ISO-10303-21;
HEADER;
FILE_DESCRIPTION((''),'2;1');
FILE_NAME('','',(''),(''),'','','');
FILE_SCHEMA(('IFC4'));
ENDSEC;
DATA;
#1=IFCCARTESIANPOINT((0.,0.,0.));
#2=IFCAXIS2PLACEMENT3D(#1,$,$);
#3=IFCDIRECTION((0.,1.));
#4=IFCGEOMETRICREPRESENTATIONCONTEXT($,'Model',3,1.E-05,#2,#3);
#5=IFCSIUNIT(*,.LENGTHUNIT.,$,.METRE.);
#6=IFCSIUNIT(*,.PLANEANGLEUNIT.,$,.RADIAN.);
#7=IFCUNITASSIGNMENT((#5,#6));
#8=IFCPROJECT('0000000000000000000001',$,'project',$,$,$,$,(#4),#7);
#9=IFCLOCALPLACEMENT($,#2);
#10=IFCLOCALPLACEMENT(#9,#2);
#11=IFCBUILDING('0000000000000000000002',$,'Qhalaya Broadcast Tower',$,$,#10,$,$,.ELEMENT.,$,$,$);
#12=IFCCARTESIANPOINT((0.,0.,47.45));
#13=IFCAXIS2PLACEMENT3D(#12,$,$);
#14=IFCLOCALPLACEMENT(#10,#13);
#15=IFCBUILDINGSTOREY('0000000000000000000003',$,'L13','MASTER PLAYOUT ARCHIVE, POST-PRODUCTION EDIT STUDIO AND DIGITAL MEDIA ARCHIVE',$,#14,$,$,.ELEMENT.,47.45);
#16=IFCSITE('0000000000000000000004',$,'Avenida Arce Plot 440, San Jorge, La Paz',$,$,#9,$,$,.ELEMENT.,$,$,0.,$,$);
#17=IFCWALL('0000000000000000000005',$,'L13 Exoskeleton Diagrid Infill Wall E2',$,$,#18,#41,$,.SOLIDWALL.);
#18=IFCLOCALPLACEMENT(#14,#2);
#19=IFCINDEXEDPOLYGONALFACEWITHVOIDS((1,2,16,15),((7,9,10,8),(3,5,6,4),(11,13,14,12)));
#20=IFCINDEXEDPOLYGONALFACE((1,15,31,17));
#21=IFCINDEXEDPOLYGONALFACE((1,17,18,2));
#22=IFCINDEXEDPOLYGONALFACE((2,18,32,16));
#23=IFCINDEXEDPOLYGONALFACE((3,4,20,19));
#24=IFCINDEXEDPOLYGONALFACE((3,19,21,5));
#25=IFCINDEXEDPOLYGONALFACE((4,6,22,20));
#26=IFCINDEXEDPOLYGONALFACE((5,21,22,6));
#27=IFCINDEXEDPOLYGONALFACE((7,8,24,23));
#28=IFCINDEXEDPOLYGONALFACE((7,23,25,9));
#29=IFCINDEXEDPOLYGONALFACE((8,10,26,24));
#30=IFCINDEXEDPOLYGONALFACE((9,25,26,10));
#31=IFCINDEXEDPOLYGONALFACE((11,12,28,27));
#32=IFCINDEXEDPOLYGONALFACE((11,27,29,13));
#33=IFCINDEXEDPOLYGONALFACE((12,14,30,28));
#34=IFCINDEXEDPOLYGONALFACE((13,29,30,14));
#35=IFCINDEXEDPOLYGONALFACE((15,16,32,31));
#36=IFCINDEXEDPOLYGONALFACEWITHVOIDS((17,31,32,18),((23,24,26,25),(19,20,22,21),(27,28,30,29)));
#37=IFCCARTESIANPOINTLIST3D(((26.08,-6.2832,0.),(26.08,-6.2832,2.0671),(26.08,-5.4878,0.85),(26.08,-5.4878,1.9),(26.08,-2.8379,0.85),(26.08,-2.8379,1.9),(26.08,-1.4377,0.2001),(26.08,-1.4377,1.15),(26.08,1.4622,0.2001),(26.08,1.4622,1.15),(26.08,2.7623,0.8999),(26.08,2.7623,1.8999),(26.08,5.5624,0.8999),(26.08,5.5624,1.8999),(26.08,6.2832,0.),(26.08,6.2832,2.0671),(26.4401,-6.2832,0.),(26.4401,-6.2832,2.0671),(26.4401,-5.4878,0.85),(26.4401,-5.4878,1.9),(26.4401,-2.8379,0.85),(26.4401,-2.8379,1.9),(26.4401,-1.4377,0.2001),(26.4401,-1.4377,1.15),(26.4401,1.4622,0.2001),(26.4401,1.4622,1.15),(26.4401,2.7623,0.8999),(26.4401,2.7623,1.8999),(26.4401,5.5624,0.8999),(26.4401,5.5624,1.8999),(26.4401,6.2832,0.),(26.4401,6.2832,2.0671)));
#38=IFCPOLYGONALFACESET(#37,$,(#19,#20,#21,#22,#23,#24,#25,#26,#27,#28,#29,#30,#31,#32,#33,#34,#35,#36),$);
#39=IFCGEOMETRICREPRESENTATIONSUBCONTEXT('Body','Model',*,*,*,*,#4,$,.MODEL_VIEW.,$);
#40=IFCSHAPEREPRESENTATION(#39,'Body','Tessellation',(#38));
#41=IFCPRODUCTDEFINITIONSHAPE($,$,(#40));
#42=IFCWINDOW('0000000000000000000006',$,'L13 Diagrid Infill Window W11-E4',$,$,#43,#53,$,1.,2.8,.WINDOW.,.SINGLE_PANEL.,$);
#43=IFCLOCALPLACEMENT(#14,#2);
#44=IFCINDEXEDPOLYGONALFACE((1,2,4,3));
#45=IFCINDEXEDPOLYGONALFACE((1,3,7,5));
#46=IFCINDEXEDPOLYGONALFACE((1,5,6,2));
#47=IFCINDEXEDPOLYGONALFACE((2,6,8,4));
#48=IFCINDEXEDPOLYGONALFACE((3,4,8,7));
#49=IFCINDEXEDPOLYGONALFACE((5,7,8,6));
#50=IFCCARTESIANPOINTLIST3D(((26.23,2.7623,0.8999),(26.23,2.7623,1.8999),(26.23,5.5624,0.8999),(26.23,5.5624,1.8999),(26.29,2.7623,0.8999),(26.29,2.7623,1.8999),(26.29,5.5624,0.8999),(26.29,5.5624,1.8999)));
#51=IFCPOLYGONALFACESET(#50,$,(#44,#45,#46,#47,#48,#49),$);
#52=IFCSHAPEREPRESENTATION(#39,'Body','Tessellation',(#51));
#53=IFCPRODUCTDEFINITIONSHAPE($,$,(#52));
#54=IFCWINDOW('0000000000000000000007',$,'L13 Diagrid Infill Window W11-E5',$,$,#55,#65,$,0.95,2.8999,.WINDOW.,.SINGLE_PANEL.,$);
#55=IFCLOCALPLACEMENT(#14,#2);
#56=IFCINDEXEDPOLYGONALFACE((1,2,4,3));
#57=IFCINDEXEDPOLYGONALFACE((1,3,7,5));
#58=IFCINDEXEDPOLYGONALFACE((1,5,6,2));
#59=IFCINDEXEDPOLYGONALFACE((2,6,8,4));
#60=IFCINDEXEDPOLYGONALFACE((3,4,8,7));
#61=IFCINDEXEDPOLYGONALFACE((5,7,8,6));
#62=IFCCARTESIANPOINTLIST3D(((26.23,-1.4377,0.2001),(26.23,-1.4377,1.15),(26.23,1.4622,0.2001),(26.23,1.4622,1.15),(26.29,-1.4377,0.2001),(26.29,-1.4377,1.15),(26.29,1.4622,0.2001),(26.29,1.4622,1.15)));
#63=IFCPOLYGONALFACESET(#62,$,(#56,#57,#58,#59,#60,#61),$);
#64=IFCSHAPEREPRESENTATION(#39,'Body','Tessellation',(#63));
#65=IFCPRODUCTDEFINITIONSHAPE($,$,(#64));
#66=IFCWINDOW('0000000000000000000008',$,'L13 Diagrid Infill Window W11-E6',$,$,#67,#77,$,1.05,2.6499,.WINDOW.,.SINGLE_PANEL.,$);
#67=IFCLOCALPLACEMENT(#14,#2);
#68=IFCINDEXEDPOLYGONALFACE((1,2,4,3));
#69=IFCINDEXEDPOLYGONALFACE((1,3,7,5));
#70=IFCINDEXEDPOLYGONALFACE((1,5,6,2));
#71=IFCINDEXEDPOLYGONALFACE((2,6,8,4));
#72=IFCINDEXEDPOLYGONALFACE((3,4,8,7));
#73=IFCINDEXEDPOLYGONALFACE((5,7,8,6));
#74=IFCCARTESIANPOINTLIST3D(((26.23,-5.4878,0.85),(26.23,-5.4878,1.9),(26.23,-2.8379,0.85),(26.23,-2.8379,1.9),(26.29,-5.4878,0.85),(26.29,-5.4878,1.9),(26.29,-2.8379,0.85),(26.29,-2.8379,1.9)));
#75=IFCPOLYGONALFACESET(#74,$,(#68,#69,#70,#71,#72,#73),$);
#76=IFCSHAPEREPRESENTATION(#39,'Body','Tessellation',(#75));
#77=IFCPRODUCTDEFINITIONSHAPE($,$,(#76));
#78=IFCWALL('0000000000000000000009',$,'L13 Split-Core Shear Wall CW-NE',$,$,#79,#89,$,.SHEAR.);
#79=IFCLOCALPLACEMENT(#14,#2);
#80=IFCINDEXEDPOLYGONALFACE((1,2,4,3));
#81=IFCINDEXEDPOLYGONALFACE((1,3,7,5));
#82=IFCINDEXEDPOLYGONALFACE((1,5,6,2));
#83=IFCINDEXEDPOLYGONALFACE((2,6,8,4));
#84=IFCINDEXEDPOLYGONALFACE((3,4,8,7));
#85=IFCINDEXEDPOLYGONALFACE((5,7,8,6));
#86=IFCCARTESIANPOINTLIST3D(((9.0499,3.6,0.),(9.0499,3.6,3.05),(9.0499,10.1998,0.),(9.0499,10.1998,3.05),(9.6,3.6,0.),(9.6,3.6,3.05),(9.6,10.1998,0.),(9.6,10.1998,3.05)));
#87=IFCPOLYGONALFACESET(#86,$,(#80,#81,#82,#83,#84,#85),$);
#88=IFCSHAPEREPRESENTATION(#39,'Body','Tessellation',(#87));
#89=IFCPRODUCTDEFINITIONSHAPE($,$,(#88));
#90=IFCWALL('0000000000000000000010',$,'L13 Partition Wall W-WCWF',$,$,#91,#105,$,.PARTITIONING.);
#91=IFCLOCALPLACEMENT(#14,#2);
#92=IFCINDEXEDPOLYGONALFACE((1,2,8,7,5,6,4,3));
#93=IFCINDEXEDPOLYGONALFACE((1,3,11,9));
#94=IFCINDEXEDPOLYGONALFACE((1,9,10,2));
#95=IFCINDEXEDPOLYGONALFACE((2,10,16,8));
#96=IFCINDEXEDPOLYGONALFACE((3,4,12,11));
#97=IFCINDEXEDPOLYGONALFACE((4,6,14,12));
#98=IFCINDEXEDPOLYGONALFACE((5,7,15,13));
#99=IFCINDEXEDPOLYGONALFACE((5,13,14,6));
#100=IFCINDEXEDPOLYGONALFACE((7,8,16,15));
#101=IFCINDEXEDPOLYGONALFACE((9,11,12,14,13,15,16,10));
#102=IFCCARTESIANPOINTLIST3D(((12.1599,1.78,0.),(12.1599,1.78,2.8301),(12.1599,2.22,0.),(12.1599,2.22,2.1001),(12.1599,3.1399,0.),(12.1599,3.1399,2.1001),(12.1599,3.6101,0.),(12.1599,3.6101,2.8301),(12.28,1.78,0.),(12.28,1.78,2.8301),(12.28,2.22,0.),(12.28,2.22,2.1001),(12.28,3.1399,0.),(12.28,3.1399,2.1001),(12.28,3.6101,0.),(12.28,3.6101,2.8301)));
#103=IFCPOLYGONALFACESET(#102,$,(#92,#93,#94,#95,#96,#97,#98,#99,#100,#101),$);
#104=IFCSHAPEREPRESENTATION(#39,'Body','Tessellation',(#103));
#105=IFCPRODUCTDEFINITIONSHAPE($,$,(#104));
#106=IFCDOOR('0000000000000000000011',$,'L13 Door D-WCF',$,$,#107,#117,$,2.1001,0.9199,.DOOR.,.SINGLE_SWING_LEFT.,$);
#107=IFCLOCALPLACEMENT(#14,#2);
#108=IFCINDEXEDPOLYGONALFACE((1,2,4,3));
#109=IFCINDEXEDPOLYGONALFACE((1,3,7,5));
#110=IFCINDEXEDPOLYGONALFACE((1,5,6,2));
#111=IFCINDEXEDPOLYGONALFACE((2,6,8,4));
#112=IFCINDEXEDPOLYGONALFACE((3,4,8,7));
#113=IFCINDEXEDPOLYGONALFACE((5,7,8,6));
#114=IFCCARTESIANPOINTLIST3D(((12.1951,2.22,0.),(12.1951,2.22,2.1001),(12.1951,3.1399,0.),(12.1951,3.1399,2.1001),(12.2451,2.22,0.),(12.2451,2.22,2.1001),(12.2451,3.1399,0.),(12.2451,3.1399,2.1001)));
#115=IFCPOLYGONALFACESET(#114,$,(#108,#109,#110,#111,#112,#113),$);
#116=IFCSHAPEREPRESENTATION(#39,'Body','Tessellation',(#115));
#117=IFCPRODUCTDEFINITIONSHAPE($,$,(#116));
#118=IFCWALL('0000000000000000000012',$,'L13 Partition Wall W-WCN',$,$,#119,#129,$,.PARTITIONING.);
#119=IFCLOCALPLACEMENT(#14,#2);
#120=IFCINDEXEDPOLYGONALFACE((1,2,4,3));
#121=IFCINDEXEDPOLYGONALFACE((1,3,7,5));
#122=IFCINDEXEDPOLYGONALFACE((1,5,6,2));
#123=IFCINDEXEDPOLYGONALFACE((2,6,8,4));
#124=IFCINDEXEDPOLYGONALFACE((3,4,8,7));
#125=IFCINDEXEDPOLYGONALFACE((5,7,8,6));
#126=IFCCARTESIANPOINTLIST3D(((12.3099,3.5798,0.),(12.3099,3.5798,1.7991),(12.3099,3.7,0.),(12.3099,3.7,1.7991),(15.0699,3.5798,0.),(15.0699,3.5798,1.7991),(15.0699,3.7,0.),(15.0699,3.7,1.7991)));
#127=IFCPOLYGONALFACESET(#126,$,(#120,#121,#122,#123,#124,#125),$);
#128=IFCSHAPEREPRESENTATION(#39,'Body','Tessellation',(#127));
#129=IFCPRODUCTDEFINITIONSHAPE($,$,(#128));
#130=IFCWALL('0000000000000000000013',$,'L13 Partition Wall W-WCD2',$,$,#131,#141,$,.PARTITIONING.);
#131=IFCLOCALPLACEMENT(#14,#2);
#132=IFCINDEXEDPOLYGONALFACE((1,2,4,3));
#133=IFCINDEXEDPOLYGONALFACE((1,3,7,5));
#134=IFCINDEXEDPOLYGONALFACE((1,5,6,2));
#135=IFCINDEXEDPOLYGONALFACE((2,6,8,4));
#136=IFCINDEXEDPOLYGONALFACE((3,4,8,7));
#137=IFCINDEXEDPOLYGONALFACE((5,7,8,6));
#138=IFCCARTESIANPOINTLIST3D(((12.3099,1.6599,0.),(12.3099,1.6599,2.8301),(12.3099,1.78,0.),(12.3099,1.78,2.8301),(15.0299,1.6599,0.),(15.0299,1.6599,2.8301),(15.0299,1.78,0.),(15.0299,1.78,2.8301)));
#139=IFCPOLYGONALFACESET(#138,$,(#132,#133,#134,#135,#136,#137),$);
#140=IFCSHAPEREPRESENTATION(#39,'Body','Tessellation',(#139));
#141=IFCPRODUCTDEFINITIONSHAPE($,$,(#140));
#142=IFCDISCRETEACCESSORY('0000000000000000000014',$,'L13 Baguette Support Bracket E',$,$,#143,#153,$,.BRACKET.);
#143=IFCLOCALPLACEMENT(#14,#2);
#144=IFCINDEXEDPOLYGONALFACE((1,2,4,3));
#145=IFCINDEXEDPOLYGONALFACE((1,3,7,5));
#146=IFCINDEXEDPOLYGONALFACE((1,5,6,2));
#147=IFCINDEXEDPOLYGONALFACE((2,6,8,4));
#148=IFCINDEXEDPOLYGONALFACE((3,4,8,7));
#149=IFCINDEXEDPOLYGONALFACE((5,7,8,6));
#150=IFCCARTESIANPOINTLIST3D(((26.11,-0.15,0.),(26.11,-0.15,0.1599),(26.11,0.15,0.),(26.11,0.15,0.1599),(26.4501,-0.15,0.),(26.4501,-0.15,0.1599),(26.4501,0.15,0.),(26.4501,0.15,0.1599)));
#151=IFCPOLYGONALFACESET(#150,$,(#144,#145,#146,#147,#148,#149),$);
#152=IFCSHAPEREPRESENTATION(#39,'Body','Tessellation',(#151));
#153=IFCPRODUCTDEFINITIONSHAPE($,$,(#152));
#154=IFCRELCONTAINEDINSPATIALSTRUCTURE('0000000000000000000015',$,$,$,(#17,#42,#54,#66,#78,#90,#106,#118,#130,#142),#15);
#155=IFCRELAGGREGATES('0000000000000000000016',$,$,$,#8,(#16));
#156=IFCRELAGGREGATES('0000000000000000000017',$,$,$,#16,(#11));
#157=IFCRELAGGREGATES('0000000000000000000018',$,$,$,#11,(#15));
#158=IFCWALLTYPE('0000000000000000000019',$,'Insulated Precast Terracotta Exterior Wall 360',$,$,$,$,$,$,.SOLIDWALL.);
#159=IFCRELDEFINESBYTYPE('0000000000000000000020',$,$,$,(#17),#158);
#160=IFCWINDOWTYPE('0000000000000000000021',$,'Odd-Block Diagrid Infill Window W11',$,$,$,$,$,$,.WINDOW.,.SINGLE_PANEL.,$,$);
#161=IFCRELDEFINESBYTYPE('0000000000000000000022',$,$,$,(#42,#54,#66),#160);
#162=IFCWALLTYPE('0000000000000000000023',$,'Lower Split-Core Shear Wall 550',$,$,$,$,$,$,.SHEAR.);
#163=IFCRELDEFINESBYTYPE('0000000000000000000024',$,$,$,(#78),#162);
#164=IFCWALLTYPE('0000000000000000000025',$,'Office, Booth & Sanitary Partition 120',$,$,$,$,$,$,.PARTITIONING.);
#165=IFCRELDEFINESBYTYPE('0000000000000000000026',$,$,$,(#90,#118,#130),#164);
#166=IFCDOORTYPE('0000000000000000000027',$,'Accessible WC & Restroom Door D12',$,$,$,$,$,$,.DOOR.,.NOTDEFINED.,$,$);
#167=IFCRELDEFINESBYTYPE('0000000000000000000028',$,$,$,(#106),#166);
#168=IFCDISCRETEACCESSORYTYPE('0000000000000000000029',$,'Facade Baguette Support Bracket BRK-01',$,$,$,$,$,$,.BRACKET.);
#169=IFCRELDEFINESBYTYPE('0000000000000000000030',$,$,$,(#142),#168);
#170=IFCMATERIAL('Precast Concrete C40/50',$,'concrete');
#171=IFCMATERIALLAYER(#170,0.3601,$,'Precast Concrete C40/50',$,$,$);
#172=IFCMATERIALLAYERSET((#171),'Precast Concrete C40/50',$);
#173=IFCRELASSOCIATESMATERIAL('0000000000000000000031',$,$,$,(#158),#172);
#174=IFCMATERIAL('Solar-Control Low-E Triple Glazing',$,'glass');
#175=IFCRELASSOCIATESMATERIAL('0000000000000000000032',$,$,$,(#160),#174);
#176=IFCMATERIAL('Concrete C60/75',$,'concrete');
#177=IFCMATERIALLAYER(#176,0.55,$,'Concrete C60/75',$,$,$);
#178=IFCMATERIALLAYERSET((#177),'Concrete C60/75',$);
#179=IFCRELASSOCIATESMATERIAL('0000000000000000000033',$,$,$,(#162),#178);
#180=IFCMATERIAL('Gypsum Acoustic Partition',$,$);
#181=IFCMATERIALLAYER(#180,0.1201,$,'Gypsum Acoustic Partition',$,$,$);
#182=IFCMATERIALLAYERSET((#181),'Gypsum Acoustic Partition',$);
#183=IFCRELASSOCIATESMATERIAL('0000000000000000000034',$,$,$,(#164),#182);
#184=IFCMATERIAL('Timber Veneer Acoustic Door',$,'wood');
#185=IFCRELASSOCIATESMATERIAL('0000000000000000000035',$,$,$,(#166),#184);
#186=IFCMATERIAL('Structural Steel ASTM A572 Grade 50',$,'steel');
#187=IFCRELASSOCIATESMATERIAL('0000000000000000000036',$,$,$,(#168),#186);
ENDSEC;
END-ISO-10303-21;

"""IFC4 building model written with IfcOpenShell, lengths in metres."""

from ifc_helpers import new_model, si_unit, direction, frame, frame_2d, origin, origin_2d, place, context, subcontext, project, spatial, rectangle, extrude, material, layer, layer_set, type_object, element, fill, save


model = new_model("IFC4")

# Units and contexts
model_context = context("Model", 3, precision=1e-05, world=origin(), true_north=direction((0.0, 1.0)))
body_context = subcontext(model_context, "Body", "Model", "MODEL_VIEW")
ifc_project = project(units=[si_unit("LENGTHUNIT", "METRE"), si_unit("PLANEANGLEUNIT", "RADIAN")], contexts=[model_context])

# Site, building, storey
site_placement = place(None, origin())
site = spatial("IfcSite", under=ifc_project, at=site_placement, Name="Avenida Arce Plot 440, San Jorge, La Paz", CompositionType="ELEMENT", RefElevation=0.0)
building_placement = place(site_placement, origin())
building = spatial("IfcBuilding", under=site, at=building_placement, Name="Qhalaya Broadcast Tower", CompositionType="ELEMENT")
storey_placement = place(building_placement, frame((0.0, 0.0, 47.45)))
storey = spatial("IfcBuildingStorey", under=building, at=storey_placement, Name="L13", Description="MASTER PLAYOUT ARCHIVE, POST-PRODUCTION EDIT STUDIO AND DIGITAL MEDIA ARCHIVE", CompositionType="ELEMENT", Elevation=47.45)

# Shared definitions
ifc_material_1 = material(Name="Structural Steel ASTM A572 Grade 50", Category="steel")

# Shared definitions
ifc_material_2 = material(Name="Gypsum Acoustic Partition")
ifc_material_3 = material(Name="Timber Veneer Acoustic Door", Category="wood")

# Wall, openings, windows
ifc_material_4 = material(Name="Precast Concrete C40/50", Category="concrete")
ifc_layer_1 = layer(ifc_material_4, 0.3601, Name="Precast Concrete C40/50")
ifc_layer_set_1 = layer_set([ifc_layer_1], Name="Precast Concrete C40/50")
wall_type_1 = type_object("IfcWallType", Name="Insulated Precast Terracotta Exterior Wall 360", PredefinedType="SOLIDWALL", material=ifc_layer_set_1)
wall_1_placement = place(storey_placement, frame((26.26, 6.2832, 0.0), z_axis=(0.0, 0.0, 1.0), x_axis=(0.0, -1.0, 0.0)))
wall_1 = element("IfcWall", 1, at=wall_1_placement, inside=storey, type_object=wall_type_1, Name="L13 Exoskeleton Diagrid Infill Wall E2", PredefinedType="SOLIDWALL", context=body_context, shape_type="SweptSolid", body=[
    extrude(rectangle(XDim=12.5664, YDim=0.3601, at=frame_2d((6.2832, 0.0))), origin(), (0.0, 0.0, 1.0), 2.0671),
])
opening_1_placement = place(wall_1_placement, frame((0.7209, 0.0, 0.8999)))
opening_1 = element("IfcOpeningElement", 2, at=opening_1_placement, cuts=wall_1, PredefinedType="OPENING", context=body_context, shape_type="SweptSolid", body=[
    extrude(rectangle(XDim=2.8, YDim=1.0, at=frame_2d((1.3999, 0.5))), frame((0.0, 0.1921, 0.0), z_axis=(0.0, -1.0, 0.0), x_axis=(1.0, 0.0, 0.0)), (0.0, 0.0, 1.0), 0.384),
])
opening_2_placement = place(wall_1_placement, frame((4.821, 0.0, 0.2)))
opening_2 = element("IfcOpeningElement", 3, at=opening_2_placement, cuts=wall_1, PredefinedType="OPENING", context=body_context, shape_type="SweptSolid", body=[
    extrude(rectangle(XDim=2.8999, YDim=0.95, at=frame_2d((1.45, 0.4751))), frame((0.0, 0.1921, 0.0), z_axis=(0.0, -1.0, 0.0), x_axis=(1.0, 0.0, 0.0)), (0.0, 0.0, 1.0), 0.384),
])
opening_3_placement = place(wall_1_placement, frame((9.1211, 0.0, 0.8501)))
opening_3 = element("IfcOpeningElement", 4, at=opening_3_placement, cuts=wall_1, PredefinedType="OPENING", context=body_context, shape_type="SweptSolid", body=[
    extrude(rectangle(XDim=2.6499, YDim=1.05, at=frame_2d((1.325, 0.5249))), frame((0.0, 0.1921, 0.0), z_axis=(0.0, -1.0, 0.0), x_axis=(1.0, 0.0, 0.0)), (0.0, 0.0, 1.0), 0.384),
])
ifc_material_5 = material(Name="Solar-Control Low-E Triple Glazing", Category="glass")
window_type = type_object("IfcWindowType", Name="Odd-Block Diagrid Infill Window W11", PartitioningType="SINGLE_PANEL", PredefinedType="WINDOW", material=ifc_material_5)
window_1_placement = place(opening_1_placement, origin())
window_1 = element("IfcWindow", 5, at=window_1_placement, inside=storey, type_object=window_type, Name="L13 Diagrid Infill Window W11-E4", OverallHeight=1.0, OverallWidth=2.8, PartitioningType="SINGLE_PANEL", PredefinedType="WINDOW", context=body_context, shape_type="SweptSolid", body=[
    extrude(rectangle(XDim=2.8, YDim=1.0, at=frame_2d((1.3999, 0.5))), frame((0.0, 0.03, 0.0), z_axis=(0.0, -1.0, 0.0), x_axis=(1.0, 0.0, 0.0)), (0.0, 0.0, 1.0), 0.0601),
])
fill(opening_1, window_1)
window_2_placement = place(opening_2_placement, origin())
window_2 = element("IfcWindow", 6, at=window_2_placement, inside=storey, type_object=window_type, Name="L13 Diagrid Infill Window W11-E5", OverallHeight=0.95, OverallWidth=2.8999, PartitioningType="SINGLE_PANEL", PredefinedType="WINDOW", context=body_context, shape_type="SweptSolid", body=[
    extrude(rectangle(XDim=2.8999, YDim=0.95, at=frame_2d((1.45, 0.4751))), frame((0.0, 0.03, 0.0), z_axis=(0.0, -1.0, 0.0), x_axis=(1.0, 0.0, 0.0)), (0.0, 0.0, 1.0), 0.0601),
])
fill(opening_2, window_2)
window_3_placement = place(opening_3_placement, origin())
window_3 = element("IfcWindow", 7, at=window_3_placement, inside=storey, type_object=window_type, Name="L13 Diagrid Infill Window W11-E6", OverallHeight=1.05, OverallWidth=2.6499, PartitioningType="SINGLE_PANEL", PredefinedType="WINDOW", context=body_context, shape_type="SweptSolid", body=[
    extrude(rectangle(XDim=2.6499, YDim=1.05, at=frame_2d((1.325, 0.5249))), frame((0.0, 0.03, 0.0), z_axis=(0.0, -1.0, 0.0), x_axis=(1.0, 0.0, 0.0)), (0.0, 0.0, 1.0), 0.0601),
])
fill(opening_3, window_3)

# Wall
ifc_material_6 = material(Name="Concrete C60/75", Category="concrete")
ifc_layer_2 = layer(ifc_material_6, 0.55, Name="Concrete C60/75")
ifc_layer_set_2 = layer_set([ifc_layer_2], Name="Concrete C60/75")
wall_type_2 = type_object("IfcWallType", Name="Lower Split-Core Shear Wall 550", PredefinedType="SHEAR", material=ifc_layer_set_2)
wall_2_placement = place(storey_placement, frame((9.325, 3.6001, 0.0), z_axis=(0.0, 0.0, 1.0), x_axis=(0.0, 1.0, 0.0)))
element("IfcWall", 8, at=wall_2_placement, inside=storey, type_object=wall_type_2, Name="L13 Split-Core Shear Wall CW-NE", PredefinedType="SHEAR", context=body_context, shape_type="SweptSolid", body=[
    extrude(rectangle(XDim=6.5999, YDim=0.55, at=frame_2d((3.2998, 0.0))), origin(), (0.0, 0.0, 1.0), 3.05),
])

# Wall, opening, door
ifc_layer_3 = layer(ifc_material_2, 0.1201, Name="Gypsum Acoustic Partition")
ifc_layer_set_3 = layer_set([ifc_layer_3], Name="Gypsum Acoustic Partition")
wall_type_3 = type_object("IfcWallType", Name="Office, Booth & Sanitary Partition 120", PredefinedType="PARTITIONING", material=ifc_layer_set_3)
wall_3_placement = place(storey_placement, frame((12.22, 1.78, 0.0), z_axis=(0.0, 0.0, 1.0), x_axis=(0.0, 1.0, 0.0)))
wall_3 = element("IfcWall", 9, at=wall_3_placement, inside=storey, type_object=wall_type_3, Name="L13 Partition Wall W-WCWF", PredefinedType="PARTITIONING", context=body_context, shape_type="SweptSolid", body=[
    extrude(rectangle(XDim=1.8301, YDim=0.1201, at=frame_2d((0.915, 0.0))), origin(), (0.0, 0.0, 1.0), 2.8301),
])
opening_4_placement = place(wall_3_placement, frame((0.4399, 0.0, 0.0)))
opening_4 = element("IfcOpeningElement", 10, at=opening_4_placement, cuts=wall_3, PredefinedType="OPENING", context=body_context, shape_type="SweptSolid", body=[
    extrude(rectangle(XDim=0.9199, YDim=2.1001, at=frame_2d((0.46, 1.05))), frame((0.0, 0.072, 0.0), z_axis=(0.0, -1.0, 0.0), x_axis=(1.0, 0.0, 0.0)), (0.0, 0.0, 1.0), 0.144),
])
door_type_1 = type_object("IfcDoorType", Name="Accessible WC & Restroom Door D12", OperationType="NOTDEFINED", PredefinedType="DOOR", material=ifc_material_3)
door_1_placement = place(opening_4_placement, origin())
door_1 = element("IfcDoor", 11, at=door_1_placement, inside=storey, type_object=door_type_1, Name="L13 Door D-WCF", OperationType="SINGLE_SWING_LEFT", OverallHeight=2.1001, OverallWidth=0.9199, PredefinedType="DOOR", context=body_context, shape_type="SweptSolid", body=[
    extrude(rectangle(XDim=0.9199, YDim=2.1001, at=frame_2d((0.46, 1.05))), frame((0.0, 0.0249, 0.0), z_axis=(0.0, -1.0, 0.0), x_axis=(1.0, 0.0, 0.0)), (0.0, 0.0, 1.0), 0.05),
])
fill(opening_4, door_1)

# Walls
wall_4_placement = place(storey_placement, frame((12.3101, 3.6399, 0.0), z_axis=(0.0, 0.0, 1.0), x_axis=(1.0, 0.0, 0.0)))
element("IfcWall", 12, at=wall_4_placement, inside=storey, type_object=wall_type_3, Name="L13 Partition Wall W-WCN", PredefinedType="PARTITIONING", context=body_context, shape_type="SweptSolid", body=[
    extrude(rectangle(XDim=2.76, YDim=0.1201, at=frame_2d((1.3799, 0.0))), origin(), (0.0, 0.0, 1.0), 1.7991),
])
wall_5_placement = place(storey_placement, frame((12.3101, 1.72, 0.0), z_axis=(0.0, 0.0, 1.0), x_axis=(1.0, 0.0, 0.0)))
element("IfcWall", 13, at=wall_5_placement, inside=storey, type_object=wall_type_3, Name="L13 Partition Wall W-WCD2", PredefinedType="PARTITIONING", context=body_context, shape_type="SweptSolid", body=[
    extrude(rectangle(XDim=2.72, YDim=0.1201, at=frame_2d((1.3599, 0.0))), origin(), (0.0, 0.0, 1.0), 2.8301),
])

# Discrete accessory
discrete_accessory_type = type_object("IfcDiscreteAccessoryType", Name="Facade Baguette Support Bracket BRK-01", PredefinedType="BRACKET", material=ifc_material_1)
discrete_accessory_placement = place(storey_placement, frame((26.28, 0.0, 0.0), z_axis=(0.0, 0.0, 1.0), x_axis=(0.0, 1.0, 0.0)))
element("IfcDiscreteAccessory", 14, at=discrete_accessory_placement, inside=storey, type_object=discrete_accessory_type, Name="L13 Baguette Support Bracket E", PredefinedType="BRACKET", context=body_context, shape_type="SweptSolid", body=[
    extrude(rectangle(XDim=0.3, YDim=0.3401, at=origin_2d()), origin(), (0.0, 0.0, 1.0), 0.1599),
])

save(model, "model.ifc")
